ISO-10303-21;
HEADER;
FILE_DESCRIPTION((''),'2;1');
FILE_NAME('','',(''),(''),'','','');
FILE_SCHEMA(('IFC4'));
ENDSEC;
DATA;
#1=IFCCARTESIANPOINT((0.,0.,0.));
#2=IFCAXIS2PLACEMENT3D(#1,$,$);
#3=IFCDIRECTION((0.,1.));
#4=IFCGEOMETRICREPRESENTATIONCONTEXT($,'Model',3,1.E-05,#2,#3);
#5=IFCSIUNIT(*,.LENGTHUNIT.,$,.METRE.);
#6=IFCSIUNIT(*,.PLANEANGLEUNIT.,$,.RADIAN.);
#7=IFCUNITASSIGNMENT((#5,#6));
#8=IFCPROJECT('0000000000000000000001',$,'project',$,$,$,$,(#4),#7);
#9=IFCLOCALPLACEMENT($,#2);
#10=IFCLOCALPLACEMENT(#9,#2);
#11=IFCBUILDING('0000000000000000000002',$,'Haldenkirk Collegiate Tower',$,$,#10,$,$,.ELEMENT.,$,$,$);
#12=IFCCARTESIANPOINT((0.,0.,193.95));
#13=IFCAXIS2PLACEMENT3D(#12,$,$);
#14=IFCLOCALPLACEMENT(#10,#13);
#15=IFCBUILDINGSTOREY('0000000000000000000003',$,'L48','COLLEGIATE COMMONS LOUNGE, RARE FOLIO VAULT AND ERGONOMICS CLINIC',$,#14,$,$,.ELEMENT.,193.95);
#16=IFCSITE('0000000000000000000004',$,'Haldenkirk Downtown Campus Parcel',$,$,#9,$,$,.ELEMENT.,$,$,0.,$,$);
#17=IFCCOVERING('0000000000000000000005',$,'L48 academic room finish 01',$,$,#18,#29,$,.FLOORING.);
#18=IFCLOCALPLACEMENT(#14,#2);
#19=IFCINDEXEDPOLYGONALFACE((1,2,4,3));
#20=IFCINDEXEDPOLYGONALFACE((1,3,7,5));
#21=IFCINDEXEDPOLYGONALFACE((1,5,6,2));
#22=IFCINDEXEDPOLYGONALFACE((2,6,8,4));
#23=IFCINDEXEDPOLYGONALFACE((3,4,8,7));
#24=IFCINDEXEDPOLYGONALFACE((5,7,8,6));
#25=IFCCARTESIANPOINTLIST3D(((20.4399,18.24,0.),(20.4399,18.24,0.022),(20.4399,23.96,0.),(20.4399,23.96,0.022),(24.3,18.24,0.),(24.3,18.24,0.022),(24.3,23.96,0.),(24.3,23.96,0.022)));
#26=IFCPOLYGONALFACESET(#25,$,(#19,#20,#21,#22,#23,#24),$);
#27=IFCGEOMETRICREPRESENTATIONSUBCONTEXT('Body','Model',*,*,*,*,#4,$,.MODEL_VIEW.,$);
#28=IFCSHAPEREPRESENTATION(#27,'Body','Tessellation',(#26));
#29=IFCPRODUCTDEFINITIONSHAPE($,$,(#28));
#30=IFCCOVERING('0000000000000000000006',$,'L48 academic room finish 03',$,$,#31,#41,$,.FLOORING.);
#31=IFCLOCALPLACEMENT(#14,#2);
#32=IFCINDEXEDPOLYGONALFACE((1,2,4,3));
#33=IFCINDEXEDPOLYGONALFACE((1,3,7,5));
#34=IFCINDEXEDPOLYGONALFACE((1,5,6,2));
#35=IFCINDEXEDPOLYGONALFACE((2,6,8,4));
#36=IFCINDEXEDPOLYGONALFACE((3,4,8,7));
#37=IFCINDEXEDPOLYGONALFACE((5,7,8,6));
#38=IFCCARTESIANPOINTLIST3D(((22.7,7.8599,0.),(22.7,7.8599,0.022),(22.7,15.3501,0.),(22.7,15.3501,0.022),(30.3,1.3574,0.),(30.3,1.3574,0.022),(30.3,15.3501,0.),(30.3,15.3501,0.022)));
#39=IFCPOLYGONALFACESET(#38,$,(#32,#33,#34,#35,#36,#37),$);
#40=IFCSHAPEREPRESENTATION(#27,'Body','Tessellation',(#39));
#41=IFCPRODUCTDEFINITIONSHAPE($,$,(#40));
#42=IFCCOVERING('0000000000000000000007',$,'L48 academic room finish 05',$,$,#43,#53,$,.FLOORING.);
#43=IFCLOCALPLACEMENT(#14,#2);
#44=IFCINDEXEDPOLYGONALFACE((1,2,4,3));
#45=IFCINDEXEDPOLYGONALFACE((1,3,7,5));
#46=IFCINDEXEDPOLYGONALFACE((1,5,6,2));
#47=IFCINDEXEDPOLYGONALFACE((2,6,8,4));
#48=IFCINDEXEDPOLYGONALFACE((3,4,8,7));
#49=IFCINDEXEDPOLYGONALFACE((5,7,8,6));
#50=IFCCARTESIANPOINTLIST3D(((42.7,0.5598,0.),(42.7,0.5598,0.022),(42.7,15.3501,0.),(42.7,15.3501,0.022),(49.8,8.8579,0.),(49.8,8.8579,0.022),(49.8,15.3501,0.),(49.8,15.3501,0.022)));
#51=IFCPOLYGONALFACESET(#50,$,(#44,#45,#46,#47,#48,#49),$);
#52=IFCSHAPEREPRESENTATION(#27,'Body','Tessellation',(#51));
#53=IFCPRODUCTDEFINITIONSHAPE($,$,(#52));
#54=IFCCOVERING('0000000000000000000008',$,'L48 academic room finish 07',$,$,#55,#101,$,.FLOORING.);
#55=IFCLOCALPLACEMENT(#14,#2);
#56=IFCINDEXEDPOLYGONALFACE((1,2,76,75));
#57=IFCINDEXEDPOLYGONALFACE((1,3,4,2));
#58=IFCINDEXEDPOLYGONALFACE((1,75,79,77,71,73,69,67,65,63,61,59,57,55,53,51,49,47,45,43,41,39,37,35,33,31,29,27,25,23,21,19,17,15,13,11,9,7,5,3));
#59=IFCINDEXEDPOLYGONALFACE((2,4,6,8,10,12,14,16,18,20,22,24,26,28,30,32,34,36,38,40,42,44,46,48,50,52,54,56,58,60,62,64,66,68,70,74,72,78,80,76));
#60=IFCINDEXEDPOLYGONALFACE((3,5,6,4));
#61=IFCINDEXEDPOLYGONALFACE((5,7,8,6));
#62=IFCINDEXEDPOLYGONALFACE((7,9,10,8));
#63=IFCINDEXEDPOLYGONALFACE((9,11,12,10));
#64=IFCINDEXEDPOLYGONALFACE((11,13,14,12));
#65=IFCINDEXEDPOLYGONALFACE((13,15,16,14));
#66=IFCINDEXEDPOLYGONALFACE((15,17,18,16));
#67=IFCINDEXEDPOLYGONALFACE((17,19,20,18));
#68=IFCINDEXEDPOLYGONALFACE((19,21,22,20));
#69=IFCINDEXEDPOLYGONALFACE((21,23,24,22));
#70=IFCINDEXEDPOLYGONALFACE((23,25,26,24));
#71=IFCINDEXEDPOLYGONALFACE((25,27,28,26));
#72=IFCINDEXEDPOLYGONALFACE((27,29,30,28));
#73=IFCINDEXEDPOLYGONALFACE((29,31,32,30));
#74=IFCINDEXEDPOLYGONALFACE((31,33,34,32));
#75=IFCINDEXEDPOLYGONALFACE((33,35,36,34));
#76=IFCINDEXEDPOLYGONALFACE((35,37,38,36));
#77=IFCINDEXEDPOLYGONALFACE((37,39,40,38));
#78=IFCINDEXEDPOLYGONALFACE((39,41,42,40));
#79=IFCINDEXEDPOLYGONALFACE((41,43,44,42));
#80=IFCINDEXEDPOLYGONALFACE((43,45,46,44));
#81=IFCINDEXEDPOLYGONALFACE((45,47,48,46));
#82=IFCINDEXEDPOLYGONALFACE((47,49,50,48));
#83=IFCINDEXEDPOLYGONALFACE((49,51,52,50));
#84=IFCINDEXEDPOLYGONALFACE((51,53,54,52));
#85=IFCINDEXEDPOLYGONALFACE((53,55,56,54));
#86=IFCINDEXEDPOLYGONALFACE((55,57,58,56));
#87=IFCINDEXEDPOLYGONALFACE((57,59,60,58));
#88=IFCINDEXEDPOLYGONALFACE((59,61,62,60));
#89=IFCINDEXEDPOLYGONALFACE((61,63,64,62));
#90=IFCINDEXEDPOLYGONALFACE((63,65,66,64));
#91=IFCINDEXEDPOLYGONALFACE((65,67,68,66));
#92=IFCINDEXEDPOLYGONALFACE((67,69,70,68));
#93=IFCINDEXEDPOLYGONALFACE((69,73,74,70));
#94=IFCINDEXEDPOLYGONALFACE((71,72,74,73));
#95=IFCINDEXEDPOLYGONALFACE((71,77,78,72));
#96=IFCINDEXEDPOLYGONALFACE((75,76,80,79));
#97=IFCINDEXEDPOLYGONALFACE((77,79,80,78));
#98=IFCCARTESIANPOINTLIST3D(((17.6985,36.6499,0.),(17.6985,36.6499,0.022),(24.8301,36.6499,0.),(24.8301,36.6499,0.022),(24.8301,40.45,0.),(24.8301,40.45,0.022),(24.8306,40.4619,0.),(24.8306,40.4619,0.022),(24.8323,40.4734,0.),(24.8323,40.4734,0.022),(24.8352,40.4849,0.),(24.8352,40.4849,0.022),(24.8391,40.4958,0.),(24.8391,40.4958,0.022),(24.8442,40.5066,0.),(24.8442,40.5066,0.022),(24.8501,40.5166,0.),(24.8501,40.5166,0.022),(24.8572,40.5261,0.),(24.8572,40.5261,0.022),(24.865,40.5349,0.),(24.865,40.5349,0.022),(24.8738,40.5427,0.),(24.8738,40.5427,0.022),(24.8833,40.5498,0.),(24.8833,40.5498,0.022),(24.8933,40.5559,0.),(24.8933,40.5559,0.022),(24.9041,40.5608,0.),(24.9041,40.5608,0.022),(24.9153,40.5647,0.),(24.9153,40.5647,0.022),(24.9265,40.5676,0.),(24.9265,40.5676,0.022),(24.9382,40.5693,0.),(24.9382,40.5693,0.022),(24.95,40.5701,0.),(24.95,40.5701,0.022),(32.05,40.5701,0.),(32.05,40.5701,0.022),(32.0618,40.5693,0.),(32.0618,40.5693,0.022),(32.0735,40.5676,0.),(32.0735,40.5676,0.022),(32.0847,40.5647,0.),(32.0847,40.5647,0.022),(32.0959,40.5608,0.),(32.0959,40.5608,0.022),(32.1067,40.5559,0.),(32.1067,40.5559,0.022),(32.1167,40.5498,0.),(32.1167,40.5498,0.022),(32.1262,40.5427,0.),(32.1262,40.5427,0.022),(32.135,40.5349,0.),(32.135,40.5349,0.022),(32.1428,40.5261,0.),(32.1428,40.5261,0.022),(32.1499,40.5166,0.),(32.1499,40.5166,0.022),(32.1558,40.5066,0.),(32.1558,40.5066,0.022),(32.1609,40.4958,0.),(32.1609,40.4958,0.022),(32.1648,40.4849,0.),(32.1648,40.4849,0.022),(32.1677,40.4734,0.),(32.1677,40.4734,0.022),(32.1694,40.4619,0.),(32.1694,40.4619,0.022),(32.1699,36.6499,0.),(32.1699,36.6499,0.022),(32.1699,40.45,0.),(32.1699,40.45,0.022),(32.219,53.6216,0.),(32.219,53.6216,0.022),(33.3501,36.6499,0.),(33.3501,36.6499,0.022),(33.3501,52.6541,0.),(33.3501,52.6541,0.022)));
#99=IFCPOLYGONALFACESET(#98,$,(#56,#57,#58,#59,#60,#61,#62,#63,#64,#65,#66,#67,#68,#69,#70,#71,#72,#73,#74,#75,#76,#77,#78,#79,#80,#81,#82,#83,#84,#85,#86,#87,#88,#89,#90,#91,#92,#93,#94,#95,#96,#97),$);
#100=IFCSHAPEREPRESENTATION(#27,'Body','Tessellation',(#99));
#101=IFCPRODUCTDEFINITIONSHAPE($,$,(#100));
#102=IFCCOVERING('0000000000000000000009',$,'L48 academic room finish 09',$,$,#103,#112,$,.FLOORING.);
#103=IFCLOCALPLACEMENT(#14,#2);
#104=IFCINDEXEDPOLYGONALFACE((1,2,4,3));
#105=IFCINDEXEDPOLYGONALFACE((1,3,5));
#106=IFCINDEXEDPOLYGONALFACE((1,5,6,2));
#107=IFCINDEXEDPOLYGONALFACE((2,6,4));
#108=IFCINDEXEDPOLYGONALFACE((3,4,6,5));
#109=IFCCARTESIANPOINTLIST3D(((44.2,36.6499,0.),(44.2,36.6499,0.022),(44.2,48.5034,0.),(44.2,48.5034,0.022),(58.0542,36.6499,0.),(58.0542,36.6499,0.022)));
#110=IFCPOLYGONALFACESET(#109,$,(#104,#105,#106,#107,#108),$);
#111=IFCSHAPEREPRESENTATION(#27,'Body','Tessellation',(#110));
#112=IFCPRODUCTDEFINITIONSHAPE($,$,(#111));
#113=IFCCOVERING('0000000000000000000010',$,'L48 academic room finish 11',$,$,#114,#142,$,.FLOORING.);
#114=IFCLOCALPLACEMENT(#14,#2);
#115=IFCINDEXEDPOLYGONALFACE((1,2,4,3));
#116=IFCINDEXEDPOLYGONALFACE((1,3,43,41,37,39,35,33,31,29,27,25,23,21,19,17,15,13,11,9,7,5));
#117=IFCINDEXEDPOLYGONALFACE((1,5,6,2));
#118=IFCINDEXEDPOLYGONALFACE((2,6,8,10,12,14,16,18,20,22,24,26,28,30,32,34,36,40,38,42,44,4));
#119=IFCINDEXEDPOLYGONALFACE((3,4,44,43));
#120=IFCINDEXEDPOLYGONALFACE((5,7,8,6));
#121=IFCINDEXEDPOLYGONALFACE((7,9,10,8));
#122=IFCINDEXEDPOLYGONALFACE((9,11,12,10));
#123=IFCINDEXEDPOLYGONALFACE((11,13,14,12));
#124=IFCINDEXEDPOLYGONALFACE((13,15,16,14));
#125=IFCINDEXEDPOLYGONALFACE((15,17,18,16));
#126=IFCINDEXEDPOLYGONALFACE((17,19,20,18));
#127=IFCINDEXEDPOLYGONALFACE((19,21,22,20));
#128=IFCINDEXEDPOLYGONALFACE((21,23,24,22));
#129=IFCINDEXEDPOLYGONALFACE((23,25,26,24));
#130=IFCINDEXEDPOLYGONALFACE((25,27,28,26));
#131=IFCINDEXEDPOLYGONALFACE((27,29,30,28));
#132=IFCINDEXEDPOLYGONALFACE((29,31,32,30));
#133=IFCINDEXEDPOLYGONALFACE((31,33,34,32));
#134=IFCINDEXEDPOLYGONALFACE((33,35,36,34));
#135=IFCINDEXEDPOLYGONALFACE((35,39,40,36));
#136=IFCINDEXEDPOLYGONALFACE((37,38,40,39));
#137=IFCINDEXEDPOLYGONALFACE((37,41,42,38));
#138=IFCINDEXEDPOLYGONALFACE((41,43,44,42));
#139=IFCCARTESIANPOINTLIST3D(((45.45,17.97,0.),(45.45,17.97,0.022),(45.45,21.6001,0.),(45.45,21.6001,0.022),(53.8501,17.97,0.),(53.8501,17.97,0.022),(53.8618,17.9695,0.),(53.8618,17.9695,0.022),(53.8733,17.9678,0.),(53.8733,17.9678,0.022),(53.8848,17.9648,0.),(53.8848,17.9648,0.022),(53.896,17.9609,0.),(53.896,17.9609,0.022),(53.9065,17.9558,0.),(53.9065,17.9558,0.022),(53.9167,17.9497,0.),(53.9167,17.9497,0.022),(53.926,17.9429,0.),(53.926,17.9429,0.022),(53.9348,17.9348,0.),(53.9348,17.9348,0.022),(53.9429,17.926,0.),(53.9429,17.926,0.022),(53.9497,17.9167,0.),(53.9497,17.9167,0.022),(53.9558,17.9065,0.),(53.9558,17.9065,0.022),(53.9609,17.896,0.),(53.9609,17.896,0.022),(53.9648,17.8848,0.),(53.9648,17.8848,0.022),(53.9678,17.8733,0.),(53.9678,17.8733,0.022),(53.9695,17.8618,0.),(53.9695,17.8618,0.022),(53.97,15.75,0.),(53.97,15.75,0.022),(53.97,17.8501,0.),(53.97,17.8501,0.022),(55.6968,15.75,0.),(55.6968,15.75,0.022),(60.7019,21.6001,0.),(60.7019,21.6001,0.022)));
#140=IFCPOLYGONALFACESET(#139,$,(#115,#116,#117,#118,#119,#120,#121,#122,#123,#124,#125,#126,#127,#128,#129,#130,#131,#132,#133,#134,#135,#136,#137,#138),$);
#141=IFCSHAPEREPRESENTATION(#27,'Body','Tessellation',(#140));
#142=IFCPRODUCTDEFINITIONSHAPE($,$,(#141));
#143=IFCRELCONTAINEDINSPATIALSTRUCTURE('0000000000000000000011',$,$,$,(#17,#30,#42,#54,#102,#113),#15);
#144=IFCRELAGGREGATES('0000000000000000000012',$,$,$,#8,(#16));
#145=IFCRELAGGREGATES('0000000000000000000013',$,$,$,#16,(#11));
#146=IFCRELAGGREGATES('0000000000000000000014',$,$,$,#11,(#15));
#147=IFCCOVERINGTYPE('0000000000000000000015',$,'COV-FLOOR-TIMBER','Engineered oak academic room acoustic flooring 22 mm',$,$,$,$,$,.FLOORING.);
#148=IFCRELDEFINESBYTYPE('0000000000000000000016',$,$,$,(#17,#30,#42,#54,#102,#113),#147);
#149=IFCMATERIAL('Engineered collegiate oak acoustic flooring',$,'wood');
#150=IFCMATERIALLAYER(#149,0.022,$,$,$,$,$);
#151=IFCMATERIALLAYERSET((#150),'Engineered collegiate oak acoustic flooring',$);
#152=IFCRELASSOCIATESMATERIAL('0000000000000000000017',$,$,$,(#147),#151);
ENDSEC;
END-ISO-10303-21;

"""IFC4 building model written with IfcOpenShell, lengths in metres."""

from ifc_helpers import new_model, si_unit, direction, frame, origin, place, context, subcontext, project, spatial, polyline, outline, extrude, material, layer, layer_set, type_object, element, save


model = new_model("IFC4")

# Units and contexts
model_context = context("Model", 3, precision=1e-05, world=origin(), true_north=direction((0.0, 1.0)))
body_context = subcontext(model_context, "Body", "Model", "MODEL_VIEW")
ifc_project = project(units=[si_unit("LENGTHUNIT", "METRE"), si_unit("PLANEANGLEUNIT", "RADIAN")], contexts=[model_context])

# Site, building, storey
site_placement = place(None, origin())
site = spatial("IfcSite", under=ifc_project, at=site_placement, Name="Haldenkirk Downtown Campus Parcel", CompositionType="ELEMENT", RefElevation=0.0)
building_placement = place(site_placement, origin())
building = spatial("IfcBuilding", under=site, at=building_placement, Name="Haldenkirk Collegiate Tower", CompositionType="ELEMENT")
storey_placement = place(building_placement, frame((0.0, 0.0, 193.95)))
storey = spatial("IfcBuildingStorey", under=building, at=storey_placement, Name="L48", Description="COLLEGIATE COMMONS LOUNGE, RARE FOLIO VAULT AND ERGONOMICS CLINIC", CompositionType="ELEMENT", Elevation=193.95)

# Coverings
ifc_material_1 = material(Name="Engineered collegiate oak acoustic flooring", Category="wood")
ifc_layer_1 = layer(ifc_material_1, 0.022)
ifc_layer_set_1 = layer_set([ifc_layer_1], Name="Engineered collegiate oak acoustic flooring")
covering_type_1 = type_object("IfcCoveringType", Name="COV-FLOOR-TIMBER", Description="Engineered oak academic room acoustic flooring 22 mm", PredefinedType="FLOORING", material=ifc_layer_set_1)
covering_1_placement = place(storey_placement, origin())
element("IfcCovering", 1, at=covering_1_placement, inside=storey, type_object=covering_type_1, Name="L48 academic room finish 01", PredefinedType="FLOORING", context=body_context, shape_type="SweptSolid", body=[
    extrude(outline(polyline([(20.4399, 18.24), (20.4399, 23.96), (24.3, 23.96), (24.3, 18.24), (20.4399, 18.24)])), origin(), (0.0, 0.0, 1.0), 0.022),
])
covering_2_placement = place(storey_placement, origin())
element("IfcCovering", 2, at=covering_2_placement, inside=storey, type_object=covering_type_1, Name="L48 academic room finish 03", PredefinedType="FLOORING", context=body_context, shape_type="SweptSolid", body=[
    extrude(outline(polyline([(22.7, 7.8599), (22.7, 15.3501), (30.3, 15.3501), (30.3, 1.3574), (22.7, 7.8599)])), origin(), (0.0, 0.0, 1.0), 0.022),
])
covering_3_placement = place(storey_placement, origin())
element("IfcCovering", 3, at=covering_3_placement, inside=storey, type_object=covering_type_1, Name="L48 academic room finish 05", PredefinedType="FLOORING", context=body_context, shape_type="SweptSolid", body=[
    extrude(outline(polyline([(42.7, 0.5598), (42.7, 15.3501), (49.8, 15.3501), (49.8, 8.8579), (42.7, 0.5598)])), origin(), (0.0, 0.0, 1.0), 0.022),
])
covering_4_placement = place(storey_placement, origin())
element("IfcCovering", 4, at=covering_4_placement, inside=storey, type_object=covering_type_1, Name="L48 academic room finish 07", PredefinedType="FLOORING", context=body_context, shape_type="SweptSolid", body=[
    extrude(outline(polyline([(33.3501, 52.6541), (33.3501, 36.6499), (32.1699, 36.6499), (32.1699, 40.45), (32.1694, 40.4619), (32.1677, 40.4734), (32.1648, 40.4849), (32.1609, 40.4958), (32.1558, 40.5066), (32.1499, 40.5166), (32.1428, 40.5261), (32.135, 40.5349), (32.1262, 40.5427), (32.1167, 40.5498), (32.1067, 40.5559), (32.0959, 40.5608), (32.0847, 40.5647), (32.0735, 40.5676), (32.0618, 40.5693), (32.05, 40.5701), (24.95, 40.5701), (24.9382, 40.5693), (24.9265, 40.5676), (24.9153, 40.5647), (24.9041, 40.5608), (24.8933, 40.5559), (24.8833, 40.5498), (24.8738, 40.5427), (24.865, 40.5349), (24.8572, 40.5261), (24.8501, 40.5166), (24.8442, 40.5066), (24.8391, 40.4958), (24.8352, 40.4849), (24.8323, 40.4734), (24.8306, 40.4619), (24.8301, 40.45), (24.8301, 36.6499), (17.6985, 36.6499), (32.219, 53.6216), (33.3501, 52.6541)])), origin(), (0.0, 0.0, 1.0), 0.022),
])
covering_5_placement = place(storey_placement, origin())
element("IfcCovering", 5, at=covering_5_placement, inside=storey, type_object=covering_type_1, Name="L48 academic room finish 09", PredefinedType="FLOORING", context=body_context, shape_type="SweptSolid", body=[
    extrude(outline(polyline([(58.0542, 36.6499), (44.2, 36.6499), (44.2, 48.5034), (58.0542, 36.6499)])), origin(), (0.0, 0.0, 1.0), 0.022),
])
covering_6_placement = place(storey_placement, origin())
element("IfcCovering", 6, at=covering_6_placement, inside=storey, type_object=covering_type_1, Name="L48 academic room finish 11", PredefinedType="FLOORING", context=body_context, shape_type="SweptSolid", body=[
    extrude(outline(polyline([(55.6968, 15.75), (53.97, 15.75), (53.97, 17.8501), (53.9695, 17.8618), (53.9678, 17.8733), (53.9648, 17.8848), (53.9609, 17.896), (53.9558, 17.9065), (53.9497, 17.9167), (53.9429, 17.926), (53.9348, 17.9348), (53.926, 17.9429), (53.9167, 17.9497), (53.9065, 17.9558), (53.896, 17.9609), (53.8848, 17.9648), (53.8733, 17.9678), (53.8618, 17.9695), (53.8501, 17.97), (45.45, 17.97), (45.45, 21.6001), (60.7019, 21.6001), (55.6968, 15.75)])), origin(), (0.0, 0.0, 1.0), 0.022),
])

save(model, "model.ifc")
